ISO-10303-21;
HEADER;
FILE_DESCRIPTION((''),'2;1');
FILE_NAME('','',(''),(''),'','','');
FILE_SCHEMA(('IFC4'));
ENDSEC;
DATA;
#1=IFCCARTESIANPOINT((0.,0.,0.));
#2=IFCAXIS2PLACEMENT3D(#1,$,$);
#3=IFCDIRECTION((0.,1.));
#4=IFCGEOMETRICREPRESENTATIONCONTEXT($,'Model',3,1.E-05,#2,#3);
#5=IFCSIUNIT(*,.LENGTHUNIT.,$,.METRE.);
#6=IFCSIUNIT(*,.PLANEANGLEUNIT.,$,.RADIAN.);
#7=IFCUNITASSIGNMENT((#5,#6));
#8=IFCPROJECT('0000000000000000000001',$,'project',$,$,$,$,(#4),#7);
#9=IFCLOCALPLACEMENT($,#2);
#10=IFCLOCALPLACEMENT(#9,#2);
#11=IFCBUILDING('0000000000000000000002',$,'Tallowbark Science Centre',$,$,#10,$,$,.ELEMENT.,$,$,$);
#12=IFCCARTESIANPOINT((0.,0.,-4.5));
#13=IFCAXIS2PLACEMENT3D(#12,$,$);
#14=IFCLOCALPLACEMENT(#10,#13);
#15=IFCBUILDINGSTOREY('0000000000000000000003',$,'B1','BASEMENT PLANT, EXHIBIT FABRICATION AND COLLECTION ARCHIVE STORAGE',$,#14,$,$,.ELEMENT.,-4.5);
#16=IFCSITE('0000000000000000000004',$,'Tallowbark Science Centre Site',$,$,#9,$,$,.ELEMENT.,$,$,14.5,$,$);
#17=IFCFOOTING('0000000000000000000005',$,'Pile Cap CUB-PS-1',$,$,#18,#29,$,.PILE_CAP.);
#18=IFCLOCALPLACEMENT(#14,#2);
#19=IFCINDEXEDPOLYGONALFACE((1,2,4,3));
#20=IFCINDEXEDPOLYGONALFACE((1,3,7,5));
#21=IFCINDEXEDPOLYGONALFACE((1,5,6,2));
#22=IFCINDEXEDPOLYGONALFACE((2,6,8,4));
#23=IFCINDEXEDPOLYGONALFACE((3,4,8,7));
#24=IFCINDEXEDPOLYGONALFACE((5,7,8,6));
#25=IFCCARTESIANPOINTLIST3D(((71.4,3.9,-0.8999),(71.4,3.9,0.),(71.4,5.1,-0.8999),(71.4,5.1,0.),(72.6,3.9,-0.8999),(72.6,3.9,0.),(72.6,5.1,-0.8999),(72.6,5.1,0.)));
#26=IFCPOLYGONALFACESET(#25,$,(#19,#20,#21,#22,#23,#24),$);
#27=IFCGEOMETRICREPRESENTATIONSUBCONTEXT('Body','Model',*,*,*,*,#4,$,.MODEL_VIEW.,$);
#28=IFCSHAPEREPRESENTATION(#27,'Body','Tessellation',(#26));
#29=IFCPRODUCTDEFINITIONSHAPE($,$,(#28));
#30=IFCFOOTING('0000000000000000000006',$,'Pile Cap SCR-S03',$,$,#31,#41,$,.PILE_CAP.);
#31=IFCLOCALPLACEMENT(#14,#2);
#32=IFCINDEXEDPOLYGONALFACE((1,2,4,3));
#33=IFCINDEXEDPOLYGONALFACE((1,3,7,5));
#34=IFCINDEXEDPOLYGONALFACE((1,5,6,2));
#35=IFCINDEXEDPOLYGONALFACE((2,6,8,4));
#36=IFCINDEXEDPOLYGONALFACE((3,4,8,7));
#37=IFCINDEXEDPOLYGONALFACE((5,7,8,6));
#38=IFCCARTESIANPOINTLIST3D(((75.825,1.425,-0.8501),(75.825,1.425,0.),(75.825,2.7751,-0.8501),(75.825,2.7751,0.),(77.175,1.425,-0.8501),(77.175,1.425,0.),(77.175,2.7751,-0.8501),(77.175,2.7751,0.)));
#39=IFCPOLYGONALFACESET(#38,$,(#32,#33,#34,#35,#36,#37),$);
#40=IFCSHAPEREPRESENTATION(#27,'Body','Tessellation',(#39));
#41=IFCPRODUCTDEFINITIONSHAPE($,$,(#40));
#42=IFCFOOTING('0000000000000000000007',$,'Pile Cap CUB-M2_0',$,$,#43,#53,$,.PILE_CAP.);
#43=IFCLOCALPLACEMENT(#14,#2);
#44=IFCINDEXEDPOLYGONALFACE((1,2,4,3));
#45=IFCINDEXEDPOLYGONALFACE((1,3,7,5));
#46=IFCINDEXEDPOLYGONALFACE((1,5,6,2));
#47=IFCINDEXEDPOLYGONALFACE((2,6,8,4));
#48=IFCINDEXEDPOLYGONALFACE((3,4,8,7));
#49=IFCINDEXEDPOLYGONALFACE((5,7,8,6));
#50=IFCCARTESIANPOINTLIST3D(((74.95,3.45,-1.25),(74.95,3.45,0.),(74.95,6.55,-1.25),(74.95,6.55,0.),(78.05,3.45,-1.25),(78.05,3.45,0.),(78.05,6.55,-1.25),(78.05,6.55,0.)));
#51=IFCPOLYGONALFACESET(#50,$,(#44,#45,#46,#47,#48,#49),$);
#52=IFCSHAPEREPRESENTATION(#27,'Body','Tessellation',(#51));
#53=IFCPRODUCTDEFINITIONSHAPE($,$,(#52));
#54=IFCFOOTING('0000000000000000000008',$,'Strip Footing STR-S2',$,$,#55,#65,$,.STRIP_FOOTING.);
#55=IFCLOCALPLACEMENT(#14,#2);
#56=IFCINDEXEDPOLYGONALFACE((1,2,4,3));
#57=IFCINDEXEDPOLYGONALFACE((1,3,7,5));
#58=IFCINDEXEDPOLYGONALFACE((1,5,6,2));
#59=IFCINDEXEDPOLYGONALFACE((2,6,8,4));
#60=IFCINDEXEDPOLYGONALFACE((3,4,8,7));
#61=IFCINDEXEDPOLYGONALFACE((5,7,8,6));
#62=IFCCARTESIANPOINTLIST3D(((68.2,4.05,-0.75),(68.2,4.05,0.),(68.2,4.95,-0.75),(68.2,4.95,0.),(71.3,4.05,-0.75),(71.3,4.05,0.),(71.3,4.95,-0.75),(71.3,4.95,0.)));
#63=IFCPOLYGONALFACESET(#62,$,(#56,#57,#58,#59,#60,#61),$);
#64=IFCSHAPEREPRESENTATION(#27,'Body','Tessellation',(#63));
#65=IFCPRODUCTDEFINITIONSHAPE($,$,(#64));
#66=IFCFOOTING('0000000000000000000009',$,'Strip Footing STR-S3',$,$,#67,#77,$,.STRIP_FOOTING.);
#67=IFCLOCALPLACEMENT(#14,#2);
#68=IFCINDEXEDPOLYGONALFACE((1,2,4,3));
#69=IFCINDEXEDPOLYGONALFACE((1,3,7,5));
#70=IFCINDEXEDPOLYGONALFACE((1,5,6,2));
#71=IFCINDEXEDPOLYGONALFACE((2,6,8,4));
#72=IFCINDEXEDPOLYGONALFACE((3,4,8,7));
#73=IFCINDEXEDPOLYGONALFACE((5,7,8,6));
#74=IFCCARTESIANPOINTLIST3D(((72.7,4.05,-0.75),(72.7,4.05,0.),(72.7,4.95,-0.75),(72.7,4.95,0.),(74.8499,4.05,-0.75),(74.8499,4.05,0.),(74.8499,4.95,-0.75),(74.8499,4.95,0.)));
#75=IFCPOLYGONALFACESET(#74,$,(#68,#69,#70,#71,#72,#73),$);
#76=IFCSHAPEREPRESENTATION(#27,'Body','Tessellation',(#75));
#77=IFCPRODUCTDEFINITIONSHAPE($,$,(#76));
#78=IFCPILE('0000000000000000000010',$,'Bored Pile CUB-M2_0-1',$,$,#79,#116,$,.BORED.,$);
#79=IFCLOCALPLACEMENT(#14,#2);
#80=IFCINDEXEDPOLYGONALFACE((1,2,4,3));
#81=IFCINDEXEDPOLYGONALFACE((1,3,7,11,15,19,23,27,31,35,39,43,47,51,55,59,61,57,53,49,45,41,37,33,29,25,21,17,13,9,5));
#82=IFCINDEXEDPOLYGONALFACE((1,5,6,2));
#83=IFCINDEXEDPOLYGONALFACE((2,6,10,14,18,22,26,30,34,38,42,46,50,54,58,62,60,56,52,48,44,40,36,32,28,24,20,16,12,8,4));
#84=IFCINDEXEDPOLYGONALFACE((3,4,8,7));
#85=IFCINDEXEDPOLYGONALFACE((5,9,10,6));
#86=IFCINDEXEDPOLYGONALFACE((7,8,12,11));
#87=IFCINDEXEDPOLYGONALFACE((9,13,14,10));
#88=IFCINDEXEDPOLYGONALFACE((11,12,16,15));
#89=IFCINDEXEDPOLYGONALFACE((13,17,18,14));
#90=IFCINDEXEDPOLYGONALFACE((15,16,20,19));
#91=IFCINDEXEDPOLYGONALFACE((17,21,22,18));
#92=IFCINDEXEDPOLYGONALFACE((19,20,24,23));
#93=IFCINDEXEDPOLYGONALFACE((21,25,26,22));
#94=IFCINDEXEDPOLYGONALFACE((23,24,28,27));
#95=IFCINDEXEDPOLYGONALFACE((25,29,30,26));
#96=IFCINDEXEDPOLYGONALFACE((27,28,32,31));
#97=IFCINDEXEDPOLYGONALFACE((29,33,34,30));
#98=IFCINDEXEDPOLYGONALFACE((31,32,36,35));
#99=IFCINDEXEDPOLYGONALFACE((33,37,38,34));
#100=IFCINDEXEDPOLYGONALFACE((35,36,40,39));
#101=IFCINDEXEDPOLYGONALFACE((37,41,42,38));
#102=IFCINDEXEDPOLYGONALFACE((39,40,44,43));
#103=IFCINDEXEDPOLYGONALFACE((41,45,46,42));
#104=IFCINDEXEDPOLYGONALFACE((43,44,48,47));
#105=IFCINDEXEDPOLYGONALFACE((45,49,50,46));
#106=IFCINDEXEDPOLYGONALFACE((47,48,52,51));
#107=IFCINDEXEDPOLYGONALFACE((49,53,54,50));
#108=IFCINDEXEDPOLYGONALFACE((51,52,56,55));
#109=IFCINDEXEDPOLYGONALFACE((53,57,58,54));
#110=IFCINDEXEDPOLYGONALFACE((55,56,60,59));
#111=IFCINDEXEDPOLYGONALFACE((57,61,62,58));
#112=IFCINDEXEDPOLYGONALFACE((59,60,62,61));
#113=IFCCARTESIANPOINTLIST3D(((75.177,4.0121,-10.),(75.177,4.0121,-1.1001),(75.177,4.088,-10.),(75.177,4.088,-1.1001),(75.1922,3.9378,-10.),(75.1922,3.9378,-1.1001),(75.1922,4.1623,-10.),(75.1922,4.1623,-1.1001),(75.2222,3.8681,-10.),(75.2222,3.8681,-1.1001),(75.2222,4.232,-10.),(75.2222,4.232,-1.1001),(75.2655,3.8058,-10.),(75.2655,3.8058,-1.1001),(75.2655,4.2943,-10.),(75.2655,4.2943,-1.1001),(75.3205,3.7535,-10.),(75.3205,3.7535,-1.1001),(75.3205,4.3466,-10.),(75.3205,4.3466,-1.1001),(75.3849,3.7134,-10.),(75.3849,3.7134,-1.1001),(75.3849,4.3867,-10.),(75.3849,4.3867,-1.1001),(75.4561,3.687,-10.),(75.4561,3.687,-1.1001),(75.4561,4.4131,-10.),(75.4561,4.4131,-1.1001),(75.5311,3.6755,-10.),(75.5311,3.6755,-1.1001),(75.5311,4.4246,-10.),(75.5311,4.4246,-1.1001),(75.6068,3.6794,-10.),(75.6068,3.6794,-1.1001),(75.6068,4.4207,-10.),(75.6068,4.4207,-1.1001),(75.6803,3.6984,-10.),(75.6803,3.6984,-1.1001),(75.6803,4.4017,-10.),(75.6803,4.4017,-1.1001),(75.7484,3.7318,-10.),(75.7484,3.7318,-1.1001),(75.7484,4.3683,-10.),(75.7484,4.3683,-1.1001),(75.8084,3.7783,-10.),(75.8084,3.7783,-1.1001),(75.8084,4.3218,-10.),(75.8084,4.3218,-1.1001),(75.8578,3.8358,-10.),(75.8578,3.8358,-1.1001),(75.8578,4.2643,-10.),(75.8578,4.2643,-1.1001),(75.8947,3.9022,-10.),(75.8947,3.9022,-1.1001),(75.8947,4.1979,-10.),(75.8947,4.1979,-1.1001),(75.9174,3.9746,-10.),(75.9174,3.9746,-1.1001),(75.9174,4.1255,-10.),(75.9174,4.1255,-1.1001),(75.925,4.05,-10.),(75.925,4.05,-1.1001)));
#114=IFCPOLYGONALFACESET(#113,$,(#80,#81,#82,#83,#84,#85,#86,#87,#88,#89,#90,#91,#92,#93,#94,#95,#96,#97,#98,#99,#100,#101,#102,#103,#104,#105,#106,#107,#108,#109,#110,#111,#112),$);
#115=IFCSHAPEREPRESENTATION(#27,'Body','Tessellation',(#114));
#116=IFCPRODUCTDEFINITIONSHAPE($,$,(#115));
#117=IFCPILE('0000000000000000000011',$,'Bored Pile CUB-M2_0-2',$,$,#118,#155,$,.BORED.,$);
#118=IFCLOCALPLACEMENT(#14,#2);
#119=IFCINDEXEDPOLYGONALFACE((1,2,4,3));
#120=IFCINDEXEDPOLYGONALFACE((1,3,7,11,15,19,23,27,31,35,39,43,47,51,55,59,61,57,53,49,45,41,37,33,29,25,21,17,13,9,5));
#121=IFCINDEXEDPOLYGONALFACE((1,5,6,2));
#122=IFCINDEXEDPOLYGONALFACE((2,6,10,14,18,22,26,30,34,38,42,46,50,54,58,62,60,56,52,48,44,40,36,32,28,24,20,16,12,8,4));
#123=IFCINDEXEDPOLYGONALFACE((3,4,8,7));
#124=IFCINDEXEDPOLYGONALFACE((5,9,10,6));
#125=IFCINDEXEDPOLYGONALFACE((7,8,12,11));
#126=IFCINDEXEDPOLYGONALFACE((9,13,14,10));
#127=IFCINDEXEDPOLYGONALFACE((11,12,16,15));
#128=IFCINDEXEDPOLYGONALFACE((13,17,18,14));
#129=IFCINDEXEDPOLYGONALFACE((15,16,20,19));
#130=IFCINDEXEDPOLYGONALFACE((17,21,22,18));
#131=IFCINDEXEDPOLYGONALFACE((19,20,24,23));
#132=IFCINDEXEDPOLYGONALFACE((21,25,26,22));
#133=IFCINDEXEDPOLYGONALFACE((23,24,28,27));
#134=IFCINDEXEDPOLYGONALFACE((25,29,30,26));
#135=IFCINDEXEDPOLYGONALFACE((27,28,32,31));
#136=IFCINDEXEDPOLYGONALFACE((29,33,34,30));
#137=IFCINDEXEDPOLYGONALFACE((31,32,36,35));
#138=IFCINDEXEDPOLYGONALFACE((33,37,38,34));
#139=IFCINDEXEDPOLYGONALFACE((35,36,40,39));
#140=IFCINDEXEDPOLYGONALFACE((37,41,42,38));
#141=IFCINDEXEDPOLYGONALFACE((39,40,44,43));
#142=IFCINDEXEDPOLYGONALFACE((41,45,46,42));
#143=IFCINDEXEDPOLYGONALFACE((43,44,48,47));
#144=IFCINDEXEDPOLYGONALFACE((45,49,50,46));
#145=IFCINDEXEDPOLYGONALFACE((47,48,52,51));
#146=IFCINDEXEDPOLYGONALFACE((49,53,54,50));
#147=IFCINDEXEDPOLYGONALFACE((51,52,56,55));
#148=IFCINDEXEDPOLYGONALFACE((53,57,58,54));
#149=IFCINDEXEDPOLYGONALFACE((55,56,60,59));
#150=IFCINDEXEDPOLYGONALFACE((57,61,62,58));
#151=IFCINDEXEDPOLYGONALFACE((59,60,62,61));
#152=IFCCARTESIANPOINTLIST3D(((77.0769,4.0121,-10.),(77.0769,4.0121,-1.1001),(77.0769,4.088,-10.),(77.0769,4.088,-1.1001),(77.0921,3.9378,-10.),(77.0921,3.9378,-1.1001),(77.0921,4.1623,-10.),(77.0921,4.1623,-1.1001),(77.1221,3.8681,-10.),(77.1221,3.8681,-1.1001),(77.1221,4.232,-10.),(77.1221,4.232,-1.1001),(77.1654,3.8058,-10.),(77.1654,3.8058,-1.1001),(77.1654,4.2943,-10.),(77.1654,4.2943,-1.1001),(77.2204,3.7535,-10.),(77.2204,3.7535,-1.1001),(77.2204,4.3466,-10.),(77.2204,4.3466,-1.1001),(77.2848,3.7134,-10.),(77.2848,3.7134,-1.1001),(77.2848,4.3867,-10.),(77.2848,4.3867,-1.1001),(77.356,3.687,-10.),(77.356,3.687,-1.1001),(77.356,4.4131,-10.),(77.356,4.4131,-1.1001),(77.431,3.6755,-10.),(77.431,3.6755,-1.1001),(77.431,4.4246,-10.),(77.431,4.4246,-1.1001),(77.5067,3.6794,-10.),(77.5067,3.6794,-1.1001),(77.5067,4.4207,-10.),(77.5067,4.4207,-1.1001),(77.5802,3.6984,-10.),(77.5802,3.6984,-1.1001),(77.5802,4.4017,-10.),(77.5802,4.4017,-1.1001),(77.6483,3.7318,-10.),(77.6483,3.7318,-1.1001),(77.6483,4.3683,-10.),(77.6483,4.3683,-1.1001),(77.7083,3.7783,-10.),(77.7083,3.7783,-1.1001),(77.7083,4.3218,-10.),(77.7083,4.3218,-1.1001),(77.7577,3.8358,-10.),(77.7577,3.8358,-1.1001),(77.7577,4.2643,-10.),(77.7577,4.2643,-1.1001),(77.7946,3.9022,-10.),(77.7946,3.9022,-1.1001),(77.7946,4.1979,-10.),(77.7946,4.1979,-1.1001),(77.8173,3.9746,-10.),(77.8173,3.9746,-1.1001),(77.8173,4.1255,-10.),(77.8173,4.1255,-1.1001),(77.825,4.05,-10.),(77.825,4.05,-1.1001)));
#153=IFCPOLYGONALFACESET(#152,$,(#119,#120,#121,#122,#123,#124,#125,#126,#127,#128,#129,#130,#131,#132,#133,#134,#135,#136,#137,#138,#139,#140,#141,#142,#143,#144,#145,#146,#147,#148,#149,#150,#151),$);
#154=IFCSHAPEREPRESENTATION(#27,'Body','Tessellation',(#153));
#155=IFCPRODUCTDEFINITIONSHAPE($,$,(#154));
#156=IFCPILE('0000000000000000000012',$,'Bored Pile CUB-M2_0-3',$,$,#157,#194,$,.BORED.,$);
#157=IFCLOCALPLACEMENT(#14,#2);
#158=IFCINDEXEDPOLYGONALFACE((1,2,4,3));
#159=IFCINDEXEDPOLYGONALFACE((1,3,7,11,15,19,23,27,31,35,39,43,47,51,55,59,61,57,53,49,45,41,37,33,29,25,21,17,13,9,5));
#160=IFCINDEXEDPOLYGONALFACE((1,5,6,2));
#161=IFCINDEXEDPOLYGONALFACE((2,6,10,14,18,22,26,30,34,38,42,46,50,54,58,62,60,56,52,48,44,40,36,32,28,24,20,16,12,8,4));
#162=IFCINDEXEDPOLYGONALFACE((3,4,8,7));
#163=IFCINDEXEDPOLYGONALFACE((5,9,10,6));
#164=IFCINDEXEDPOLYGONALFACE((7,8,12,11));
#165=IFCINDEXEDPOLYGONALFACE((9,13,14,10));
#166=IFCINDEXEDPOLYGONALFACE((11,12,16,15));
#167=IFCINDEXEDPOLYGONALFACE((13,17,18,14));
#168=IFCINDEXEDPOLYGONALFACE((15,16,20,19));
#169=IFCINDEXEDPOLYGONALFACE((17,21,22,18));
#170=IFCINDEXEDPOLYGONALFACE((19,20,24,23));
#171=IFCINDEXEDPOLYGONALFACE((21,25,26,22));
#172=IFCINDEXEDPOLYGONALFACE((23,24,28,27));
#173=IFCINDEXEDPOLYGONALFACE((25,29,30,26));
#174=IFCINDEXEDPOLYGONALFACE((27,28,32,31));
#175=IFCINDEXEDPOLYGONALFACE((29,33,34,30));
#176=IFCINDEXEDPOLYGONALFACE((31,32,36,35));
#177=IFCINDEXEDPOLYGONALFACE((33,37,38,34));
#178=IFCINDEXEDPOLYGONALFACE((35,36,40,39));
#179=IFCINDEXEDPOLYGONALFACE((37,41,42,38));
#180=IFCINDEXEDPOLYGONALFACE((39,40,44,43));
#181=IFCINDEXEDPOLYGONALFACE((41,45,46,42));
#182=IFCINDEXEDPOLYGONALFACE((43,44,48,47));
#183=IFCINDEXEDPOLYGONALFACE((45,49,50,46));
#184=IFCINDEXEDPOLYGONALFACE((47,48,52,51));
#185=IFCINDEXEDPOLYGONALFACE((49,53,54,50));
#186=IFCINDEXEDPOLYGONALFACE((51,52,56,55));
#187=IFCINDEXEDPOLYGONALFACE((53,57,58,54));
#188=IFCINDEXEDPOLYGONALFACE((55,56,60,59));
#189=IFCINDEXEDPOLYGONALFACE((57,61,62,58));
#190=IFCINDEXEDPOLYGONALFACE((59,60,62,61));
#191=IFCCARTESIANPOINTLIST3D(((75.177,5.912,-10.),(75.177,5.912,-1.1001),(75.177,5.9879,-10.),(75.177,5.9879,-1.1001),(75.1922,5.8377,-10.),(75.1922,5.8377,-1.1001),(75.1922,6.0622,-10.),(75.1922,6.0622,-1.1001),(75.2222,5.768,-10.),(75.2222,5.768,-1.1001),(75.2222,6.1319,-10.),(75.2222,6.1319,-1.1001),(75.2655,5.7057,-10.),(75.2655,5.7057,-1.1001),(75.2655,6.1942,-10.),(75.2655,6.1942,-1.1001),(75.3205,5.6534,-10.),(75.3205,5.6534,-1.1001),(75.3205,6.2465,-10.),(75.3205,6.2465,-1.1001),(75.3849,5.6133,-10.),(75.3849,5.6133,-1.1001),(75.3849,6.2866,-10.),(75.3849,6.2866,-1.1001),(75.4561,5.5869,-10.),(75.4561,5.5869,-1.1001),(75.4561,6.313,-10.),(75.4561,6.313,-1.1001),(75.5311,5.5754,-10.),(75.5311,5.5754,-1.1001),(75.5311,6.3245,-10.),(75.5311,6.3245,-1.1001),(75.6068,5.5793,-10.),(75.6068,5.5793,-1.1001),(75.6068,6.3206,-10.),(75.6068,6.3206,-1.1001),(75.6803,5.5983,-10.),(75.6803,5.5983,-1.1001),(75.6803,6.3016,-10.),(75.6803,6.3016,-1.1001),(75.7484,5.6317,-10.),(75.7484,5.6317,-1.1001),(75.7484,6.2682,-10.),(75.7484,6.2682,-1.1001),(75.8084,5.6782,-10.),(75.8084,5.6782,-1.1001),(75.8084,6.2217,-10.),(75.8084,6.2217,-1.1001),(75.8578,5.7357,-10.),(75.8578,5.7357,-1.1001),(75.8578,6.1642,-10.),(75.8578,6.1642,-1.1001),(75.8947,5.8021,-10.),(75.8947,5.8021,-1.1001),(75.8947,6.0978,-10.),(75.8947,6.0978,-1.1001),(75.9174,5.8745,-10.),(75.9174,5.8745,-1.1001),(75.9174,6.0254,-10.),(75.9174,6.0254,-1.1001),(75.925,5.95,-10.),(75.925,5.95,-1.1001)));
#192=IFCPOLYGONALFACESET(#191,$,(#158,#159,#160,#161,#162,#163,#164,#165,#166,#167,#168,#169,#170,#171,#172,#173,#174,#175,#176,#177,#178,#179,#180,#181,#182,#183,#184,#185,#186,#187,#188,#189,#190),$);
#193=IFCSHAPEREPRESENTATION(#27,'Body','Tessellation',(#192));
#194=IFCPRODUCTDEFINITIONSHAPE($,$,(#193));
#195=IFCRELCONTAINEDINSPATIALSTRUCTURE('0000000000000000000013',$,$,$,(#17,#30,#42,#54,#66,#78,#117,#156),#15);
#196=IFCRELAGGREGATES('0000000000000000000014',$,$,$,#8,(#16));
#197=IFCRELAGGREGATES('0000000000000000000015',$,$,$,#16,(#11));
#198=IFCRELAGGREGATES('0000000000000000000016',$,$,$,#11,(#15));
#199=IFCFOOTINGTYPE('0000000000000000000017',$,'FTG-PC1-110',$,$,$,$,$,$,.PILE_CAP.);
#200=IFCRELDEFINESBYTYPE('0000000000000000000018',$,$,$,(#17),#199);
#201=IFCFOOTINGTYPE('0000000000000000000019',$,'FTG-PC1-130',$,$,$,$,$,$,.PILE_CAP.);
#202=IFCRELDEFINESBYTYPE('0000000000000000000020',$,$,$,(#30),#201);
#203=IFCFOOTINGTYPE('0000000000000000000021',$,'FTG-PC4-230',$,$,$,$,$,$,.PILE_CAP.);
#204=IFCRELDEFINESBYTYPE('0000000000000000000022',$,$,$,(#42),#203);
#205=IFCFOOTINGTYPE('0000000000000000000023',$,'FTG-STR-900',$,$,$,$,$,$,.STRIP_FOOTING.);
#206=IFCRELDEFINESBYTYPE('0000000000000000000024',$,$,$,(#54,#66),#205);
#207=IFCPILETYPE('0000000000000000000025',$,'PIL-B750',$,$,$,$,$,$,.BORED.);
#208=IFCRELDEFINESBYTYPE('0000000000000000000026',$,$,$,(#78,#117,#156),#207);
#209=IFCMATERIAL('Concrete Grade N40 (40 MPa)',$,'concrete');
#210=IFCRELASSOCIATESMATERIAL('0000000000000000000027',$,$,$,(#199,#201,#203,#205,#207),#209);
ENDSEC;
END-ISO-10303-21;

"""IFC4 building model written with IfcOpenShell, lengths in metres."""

from ifc_helpers import new_model, si_unit, direction, frame, origin, origin_2d, place, context, subcontext, project, spatial, rectangle, circle, extrude, material, material_profile, profile_set, type_object, element, save


model = new_model("IFC4")

# Units and contexts
model_context = context("Model", 3, precision=1e-05, world=origin(), true_north=direction((0.0, 1.0)))
body_context = subcontext(model_context, "Body", "Model", "MODEL_VIEW")
ifc_project = project(units=[si_unit("LENGTHUNIT", "METRE"), si_unit("PLANEANGLEUNIT", "RADIAN")], contexts=[model_context])

# Site, building, storey
site_placement = place(None, origin())
site = spatial("IfcSite", under=ifc_project, at=site_placement, Name="Tallowbark Science Centre Site", CompositionType="ELEMENT", RefElevation=14.5)
building_placement = place(site_placement, origin())
building = spatial("IfcBuilding", under=site, at=building_placement, Name="Tallowbark Science Centre", CompositionType="ELEMENT")
storey_placement = place(building_placement, frame((0.0, 0.0, -4.5)))
storey = spatial("IfcBuildingStorey", under=building, at=storey_placement, Name="B1", Description="BASEMENT PLANT, EXHIBIT FABRICATION AND COLLECTION ARCHIVE STORAGE", CompositionType="ELEMENT", Elevation=-4.5)

# Footings
ifc_material_1 = material(Name="Concrete Grade N40 (40 MPa)", Category="concrete")
footing_type_1 = type_object("IfcFootingType", Name="FTG-PC1-110", PredefinedType="PILE_CAP", material=ifc_material_1)
footing_1_placement = place(storey_placement, frame((72.0, 4.5, -0.8999), z_axis=(0.0, 0.0, 1.0), x_axis=(1.0, 0.0, 0.0)))
element("IfcFooting", 1, at=footing_1_placement, inside=storey, type_object=footing_type_1, Name="Pile Cap CUB-PS-1", PredefinedType="PILE_CAP", context=body_context, shape_type="SweptSolid", body=[
    extrude(rectangle(XDim=1.2, YDim=1.2, at=origin_2d()), origin(), (0.0, 0.0, 1.0), 0.8999),
])
footing_type_2 = type_object("IfcFootingType", Name="FTG-PC1-130", PredefinedType="PILE_CAP", material=ifc_material_1)
footing_2_placement = place(storey_placement, frame((76.5, 2.1001, -0.8501), z_axis=(0.0, 0.0, 1.0), x_axis=(1.0, 0.0, 0.0)))
element("IfcFooting", 2, at=footing_2_placement, inside=storey, type_object=footing_type_2, Name="Pile Cap SCR-S03", PredefinedType="PILE_CAP", context=body_context, shape_type="SweptSolid", body=[
    extrude(rectangle(XDim=1.3501, YDim=1.3501, at=origin_2d()), origin(), (0.0, 0.0, 1.0), 0.8501),
])
footing_type_3 = type_object("IfcFootingType", Name="FTG-PC4-230", PredefinedType="PILE_CAP", material=ifc_material_1)
footing_3_placement = place(storey_placement, frame((76.5, 5.0, -1.25), z_axis=(0.0, 0.0, 1.0), x_axis=(1.0, 0.0, 0.0)))
element("IfcFooting", 3, at=footing_3_placement, inside=storey, type_object=footing_type_3, Name="Pile Cap CUB-M2_0", PredefinedType="PILE_CAP", context=body_context, shape_type="SweptSolid", body=[
    extrude(rectangle(XDim=3.1001, YDim=3.1001, at=origin_2d()), origin(), (0.0, 0.0, 1.0), 1.25),
])
footing_type_4 = type_object("IfcFootingType", Name="FTG-STR-900", PredefinedType="STRIP_FOOTING", material=ifc_material_1)
footing_4_placement = place(storey_placement, frame((69.75, 4.5, -0.75), z_axis=(0.0, 0.0, 1.0), x_axis=(1.0, 0.0, 0.0)))
element("IfcFooting", 4, at=footing_4_placement, inside=storey, type_object=footing_type_4, Name="Strip Footing STR-S2", PredefinedType="STRIP_FOOTING", context=body_context, shape_type="SweptSolid", body=[
    extrude(rectangle(XDim=3.1001, YDim=0.8999, at=origin_2d()), origin(), (0.0, 0.0, 1.0), 0.75),
])
footing_5_placement = place(storey_placement, frame((73.7749, 4.5, -0.75), z_axis=(0.0, 0.0, 1.0), x_axis=(1.0, 0.0, 0.0)))
element("IfcFooting", 5, at=footing_5_placement, inside=storey, type_object=footing_type_4, Name="Strip Footing STR-S3", PredefinedType="STRIP_FOOTING", context=body_context, shape_type="SweptSolid", body=[
    extrude(rectangle(XDim=2.1499, YDim=0.8999, at=origin_2d()), origin(), (0.0, 0.0, 1.0), 0.75),
])

# Piles
ifc_material_profile_1 = material_profile(ifc_material_1, circle(Radius=0.375, at=origin_2d()), Name="PILE750")
ifc_profile_set_1 = profile_set([ifc_material_profile_1], Name="Concrete Grade N40 (40 MPa)")
pile_type = type_object("IfcPileType", Name="PIL-B750", PredefinedType="BORED", material=ifc_profile_set_1)
for number, where, z_axis, x_axis, name in (
    (6, (75.55, 4.05, -1.1001), (0.0, 0.0, -1.0), (1.0, 0.0, 0.0), "Bored Pile CUB-M2_0-1"),
    (7, (77.45, 4.05, -1.1001), (0.0, 0.0, -1.0), (1.0, 0.0, 0.0), "Bored Pile CUB-M2_0-2"),
    (8, (75.55, 5.95, -1.1001), (0.0, 0.0, -1.0), (1.0, 0.0, 0.0), "Bored Pile CUB-M2_0-3"),
):
    element("IfcPile", number, at=place(storey_placement, frame(where, z_axis=z_axis, x_axis=x_axis)), inside=storey, type_object=pile_type, Name=name, PredefinedType="BORED", context=body_context, shape_type="SweptSolid", body=[
        extrude(circle(Radius=0.375, at=origin_2d()), origin(), (0.0, 0.0, 1.0), 8.8999),
    ])

save(model, "model.ifc")
